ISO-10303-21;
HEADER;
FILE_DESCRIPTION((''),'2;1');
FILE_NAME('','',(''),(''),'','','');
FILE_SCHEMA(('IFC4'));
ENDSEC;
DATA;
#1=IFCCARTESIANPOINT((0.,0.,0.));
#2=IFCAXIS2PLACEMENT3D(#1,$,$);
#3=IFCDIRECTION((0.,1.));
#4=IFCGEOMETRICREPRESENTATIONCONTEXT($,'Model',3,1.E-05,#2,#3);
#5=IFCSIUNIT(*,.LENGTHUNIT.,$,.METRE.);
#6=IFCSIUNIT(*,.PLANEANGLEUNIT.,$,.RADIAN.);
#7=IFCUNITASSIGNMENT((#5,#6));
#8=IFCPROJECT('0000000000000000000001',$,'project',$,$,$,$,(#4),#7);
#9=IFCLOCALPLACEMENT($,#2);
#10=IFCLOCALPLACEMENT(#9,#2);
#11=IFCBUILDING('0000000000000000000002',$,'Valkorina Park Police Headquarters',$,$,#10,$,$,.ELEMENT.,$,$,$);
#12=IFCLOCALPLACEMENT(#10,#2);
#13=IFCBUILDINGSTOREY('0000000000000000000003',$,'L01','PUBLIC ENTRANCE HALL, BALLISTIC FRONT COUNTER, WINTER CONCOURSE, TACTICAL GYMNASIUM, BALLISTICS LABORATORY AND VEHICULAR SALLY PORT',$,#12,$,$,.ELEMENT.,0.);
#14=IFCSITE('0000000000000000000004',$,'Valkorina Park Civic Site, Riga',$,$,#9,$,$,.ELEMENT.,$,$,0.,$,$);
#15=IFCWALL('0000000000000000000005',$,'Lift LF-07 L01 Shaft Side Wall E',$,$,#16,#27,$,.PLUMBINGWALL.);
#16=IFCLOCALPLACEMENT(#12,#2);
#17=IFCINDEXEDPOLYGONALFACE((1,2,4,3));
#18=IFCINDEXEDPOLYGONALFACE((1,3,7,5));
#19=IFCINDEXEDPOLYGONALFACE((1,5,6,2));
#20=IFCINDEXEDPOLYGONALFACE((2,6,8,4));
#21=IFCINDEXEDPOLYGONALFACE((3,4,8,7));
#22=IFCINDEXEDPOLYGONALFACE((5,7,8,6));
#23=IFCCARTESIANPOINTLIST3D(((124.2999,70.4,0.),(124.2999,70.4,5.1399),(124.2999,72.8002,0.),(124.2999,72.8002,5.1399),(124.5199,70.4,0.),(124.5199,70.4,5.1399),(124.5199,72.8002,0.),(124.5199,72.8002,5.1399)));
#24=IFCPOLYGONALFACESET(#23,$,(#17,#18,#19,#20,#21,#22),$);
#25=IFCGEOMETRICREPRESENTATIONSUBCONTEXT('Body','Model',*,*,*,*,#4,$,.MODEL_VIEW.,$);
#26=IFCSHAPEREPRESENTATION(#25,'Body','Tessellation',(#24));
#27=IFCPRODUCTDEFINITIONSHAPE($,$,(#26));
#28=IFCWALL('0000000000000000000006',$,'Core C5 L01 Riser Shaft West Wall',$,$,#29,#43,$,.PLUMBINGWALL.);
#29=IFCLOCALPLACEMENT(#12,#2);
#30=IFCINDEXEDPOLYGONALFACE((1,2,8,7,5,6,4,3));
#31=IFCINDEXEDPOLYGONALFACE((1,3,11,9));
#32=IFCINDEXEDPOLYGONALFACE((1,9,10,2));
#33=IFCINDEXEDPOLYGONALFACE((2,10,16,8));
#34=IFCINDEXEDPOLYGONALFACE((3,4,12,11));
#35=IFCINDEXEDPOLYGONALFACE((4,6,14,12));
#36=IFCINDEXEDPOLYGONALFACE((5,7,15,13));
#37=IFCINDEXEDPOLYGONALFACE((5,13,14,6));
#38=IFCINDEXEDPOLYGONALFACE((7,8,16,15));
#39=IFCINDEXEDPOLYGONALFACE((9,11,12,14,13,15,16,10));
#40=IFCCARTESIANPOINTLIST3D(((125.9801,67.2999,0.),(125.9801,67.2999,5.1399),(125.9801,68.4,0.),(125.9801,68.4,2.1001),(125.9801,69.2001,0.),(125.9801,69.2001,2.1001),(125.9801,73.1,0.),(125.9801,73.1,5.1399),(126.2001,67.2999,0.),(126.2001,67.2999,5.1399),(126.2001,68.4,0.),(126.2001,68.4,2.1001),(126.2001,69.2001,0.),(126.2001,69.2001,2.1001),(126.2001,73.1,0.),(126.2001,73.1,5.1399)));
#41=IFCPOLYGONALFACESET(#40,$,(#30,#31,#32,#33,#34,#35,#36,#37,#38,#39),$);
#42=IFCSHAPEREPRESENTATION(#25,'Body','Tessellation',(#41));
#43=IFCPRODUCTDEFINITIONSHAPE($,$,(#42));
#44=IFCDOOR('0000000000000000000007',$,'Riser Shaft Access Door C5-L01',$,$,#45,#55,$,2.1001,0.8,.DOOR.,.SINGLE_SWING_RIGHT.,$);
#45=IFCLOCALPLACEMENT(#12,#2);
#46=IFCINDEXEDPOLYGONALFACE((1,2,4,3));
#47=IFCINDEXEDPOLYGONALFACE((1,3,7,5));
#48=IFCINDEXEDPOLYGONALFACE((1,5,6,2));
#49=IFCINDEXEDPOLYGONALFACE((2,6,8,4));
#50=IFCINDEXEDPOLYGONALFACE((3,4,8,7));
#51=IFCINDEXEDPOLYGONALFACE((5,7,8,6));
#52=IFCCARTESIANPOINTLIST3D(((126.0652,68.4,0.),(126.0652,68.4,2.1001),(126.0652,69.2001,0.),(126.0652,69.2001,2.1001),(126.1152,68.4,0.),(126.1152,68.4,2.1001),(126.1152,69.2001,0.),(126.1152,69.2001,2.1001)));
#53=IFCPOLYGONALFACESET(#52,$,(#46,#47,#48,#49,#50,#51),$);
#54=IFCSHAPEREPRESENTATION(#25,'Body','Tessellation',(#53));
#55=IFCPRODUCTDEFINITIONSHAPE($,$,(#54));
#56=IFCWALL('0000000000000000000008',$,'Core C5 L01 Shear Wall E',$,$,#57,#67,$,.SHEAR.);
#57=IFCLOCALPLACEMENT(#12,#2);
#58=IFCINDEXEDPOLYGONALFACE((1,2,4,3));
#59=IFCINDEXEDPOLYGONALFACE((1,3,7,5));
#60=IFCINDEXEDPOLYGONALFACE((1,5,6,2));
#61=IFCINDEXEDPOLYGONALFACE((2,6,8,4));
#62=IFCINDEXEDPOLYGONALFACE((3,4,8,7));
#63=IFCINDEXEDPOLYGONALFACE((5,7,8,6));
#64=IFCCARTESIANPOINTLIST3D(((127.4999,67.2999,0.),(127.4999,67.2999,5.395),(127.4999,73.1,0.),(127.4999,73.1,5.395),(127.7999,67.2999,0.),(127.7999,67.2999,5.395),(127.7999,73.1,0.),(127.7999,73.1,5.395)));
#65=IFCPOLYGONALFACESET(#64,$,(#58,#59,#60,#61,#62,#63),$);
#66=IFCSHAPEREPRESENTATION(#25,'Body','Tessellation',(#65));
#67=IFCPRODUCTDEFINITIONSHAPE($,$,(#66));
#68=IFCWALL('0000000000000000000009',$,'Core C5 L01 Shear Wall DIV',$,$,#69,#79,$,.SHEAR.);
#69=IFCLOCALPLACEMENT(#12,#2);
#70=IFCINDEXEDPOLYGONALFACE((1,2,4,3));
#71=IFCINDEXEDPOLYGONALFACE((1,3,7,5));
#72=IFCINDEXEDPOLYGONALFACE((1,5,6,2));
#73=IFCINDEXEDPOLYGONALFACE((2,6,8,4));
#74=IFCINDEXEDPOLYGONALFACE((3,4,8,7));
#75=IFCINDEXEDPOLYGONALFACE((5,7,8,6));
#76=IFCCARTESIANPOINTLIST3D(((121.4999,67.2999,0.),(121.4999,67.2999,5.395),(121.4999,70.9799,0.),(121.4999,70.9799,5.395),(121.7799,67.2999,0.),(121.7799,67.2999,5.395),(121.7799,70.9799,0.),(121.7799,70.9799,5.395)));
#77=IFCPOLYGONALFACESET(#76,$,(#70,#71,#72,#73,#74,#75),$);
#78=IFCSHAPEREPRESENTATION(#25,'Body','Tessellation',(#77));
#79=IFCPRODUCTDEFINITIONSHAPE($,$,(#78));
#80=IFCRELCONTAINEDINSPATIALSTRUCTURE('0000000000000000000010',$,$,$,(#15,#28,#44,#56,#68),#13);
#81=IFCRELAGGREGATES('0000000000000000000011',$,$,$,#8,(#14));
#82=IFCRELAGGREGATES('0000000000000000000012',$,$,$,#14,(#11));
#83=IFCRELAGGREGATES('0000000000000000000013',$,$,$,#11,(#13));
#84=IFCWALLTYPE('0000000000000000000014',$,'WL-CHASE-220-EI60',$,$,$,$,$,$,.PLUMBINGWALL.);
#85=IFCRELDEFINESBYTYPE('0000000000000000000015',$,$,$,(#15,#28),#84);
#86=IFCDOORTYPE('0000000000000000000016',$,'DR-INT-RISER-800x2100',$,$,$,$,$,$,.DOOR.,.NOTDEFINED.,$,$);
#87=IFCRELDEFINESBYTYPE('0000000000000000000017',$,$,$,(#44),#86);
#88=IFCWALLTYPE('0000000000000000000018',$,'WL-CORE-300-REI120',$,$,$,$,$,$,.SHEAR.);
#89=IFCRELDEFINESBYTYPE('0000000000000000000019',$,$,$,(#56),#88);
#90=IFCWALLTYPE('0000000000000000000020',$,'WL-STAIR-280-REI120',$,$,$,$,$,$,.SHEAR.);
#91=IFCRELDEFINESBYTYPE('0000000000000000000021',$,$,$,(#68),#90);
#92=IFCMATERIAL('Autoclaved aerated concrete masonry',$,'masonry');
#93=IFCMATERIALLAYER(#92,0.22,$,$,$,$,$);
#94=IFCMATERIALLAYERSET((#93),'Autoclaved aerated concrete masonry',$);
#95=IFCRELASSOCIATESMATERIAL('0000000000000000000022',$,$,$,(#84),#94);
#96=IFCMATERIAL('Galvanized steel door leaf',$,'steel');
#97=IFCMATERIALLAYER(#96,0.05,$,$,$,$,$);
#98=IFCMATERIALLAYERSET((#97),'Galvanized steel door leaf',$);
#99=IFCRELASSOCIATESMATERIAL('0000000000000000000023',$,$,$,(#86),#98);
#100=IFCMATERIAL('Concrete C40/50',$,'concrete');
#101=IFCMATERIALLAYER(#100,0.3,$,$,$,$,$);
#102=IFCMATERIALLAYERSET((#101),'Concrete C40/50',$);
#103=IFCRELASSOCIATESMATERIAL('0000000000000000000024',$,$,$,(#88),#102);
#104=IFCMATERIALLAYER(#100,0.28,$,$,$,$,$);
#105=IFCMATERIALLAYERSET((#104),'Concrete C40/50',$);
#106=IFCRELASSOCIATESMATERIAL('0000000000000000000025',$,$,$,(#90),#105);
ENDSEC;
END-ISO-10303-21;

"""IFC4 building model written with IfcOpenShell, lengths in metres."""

from ifc_helpers import new_model, si_unit, direction, frame, frame_2d, origin, place, context, subcontext, project, spatial, rectangle, extrude, material, layer, layer_set, type_object, element, fill, save


model = new_model("IFC4")

# Units and contexts
model_context = context("Model", 3, precision=1e-05, world=origin(), true_north=direction((0.0, 1.0)))
body_context = subcontext(model_context, "Body", "Model", "MODEL_VIEW")
ifc_project = project(units=[si_unit("LENGTHUNIT", "METRE"), si_unit("PLANEANGLEUNIT", "RADIAN")], contexts=[model_context])

# Site, building, storey
site_placement = place(None, origin())
site = spatial("IfcSite", under=ifc_project, at=site_placement, Name="Valkorina Park Civic Site, Riga", CompositionType="ELEMENT", RefElevation=0.0)
building_placement = place(site_placement, origin())
building = spatial("IfcBuilding", under=site, at=building_placement, Name="Valkorina Park Police Headquarters", CompositionType="ELEMENT")
storey_placement = place(building_placement, origin())
storey = spatial("IfcBuildingStorey", under=building, at=storey_placement, Name="L01", Description="PUBLIC ENTRANCE HALL, BALLISTIC FRONT COUNTER, WINTER CONCOURSE, TACTICAL GYMNASIUM, BALLISTICS LABORATORY AND VEHICULAR SALLY PORT", CompositionType="ELEMENT", Elevation=0.0)

# Shared definitions
ifc_material_1 = material(Name="Concrete C40/50", Category="concrete")

# Shared definitions
ifc_material_2 = material(Name="Autoclaved aerated concrete masonry", Category="masonry")
ifc_layer_1 = layer(ifc_material_2, 0.22)
ifc_layer_set_1 = layer_set([ifc_layer_1], Name="Autoclaved aerated concrete masonry")
wall_type_1 = type_object("IfcWallType", Name="WL-CHASE-220-EI60", PredefinedType="PLUMBINGWALL", material=ifc_layer_set_1)

# Wall
for number, where, z_axis, x_axis, name in (
    (1, (124.4099, 70.3999, 0.0), (0.0, 0.0, 1.0), (0.0, 1.0, 0.0), "Lift LF-07 L01 Shaft Side Wall E"),
):
    element("IfcWall", number, at=place(storey_placement, frame(where, z_axis=z_axis, x_axis=x_axis)), inside=storey, type_object=wall_type_1, Name=name, PredefinedType="PLUMBINGWALL", context=body_context, shape_type="SweptSolid", body=[
        extrude(rectangle(XDim=2.4001, YDim=0.22, at=frame_2d((1.2002, 0.0))), origin(), (0.0, 0.0, 1.0), 5.1399),
    ])

# Wall, opening, door
wall_1_placement = place(storey_placement, frame((126.0901, 67.3, 0.0), z_axis=(0.0, 0.0, 1.0), x_axis=(0.0, 1.0, 0.0)))
wall_1 = element("IfcWall", 2, at=wall_1_placement, inside=storey, type_object=wall_type_1, Name="Core C5 L01 Riser Shaft West Wall", PredefinedType="PLUMBINGWALL", context=body_context, shape_type="SweptSolid", body=[
    extrude(rectangle(XDim=5.8, YDim=0.22, at=frame_2d((2.8999, 0.0))), origin(), (0.0, 0.0, 1.0), 5.1399),
])
opening_1_placement = place(wall_1_placement, frame((1.1001, 0.0, 0.0)))
opening_1 = element("IfcOpeningElement", 3, at=opening_1_placement, cuts=wall_1, PredefinedType="OPENING", context=body_context, shape_type="SweptSolid", body=[
    extrude(rectangle(XDim=0.8, YDim=2.1001, at=frame_2d((0.3999, 1.05))), frame((0.0, 0.1201, 0.0), z_axis=(0.0, -1.0, 0.0), x_axis=(1.0, 0.0, 0.0)), (0.0, 0.0, 1.0), 0.24),
])
ifc_material_3 = material(Name="Galvanized steel door leaf", Category="steel")
ifc_layer_2 = layer(ifc_material_3, 0.05)
ifc_layer_set_2 = layer_set([ifc_layer_2], Name="Galvanized steel door leaf")
door_type_1 = type_object("IfcDoorType", Name="DR-INT-RISER-800x2100", OperationType="NOTDEFINED", PredefinedType="DOOR", material=ifc_layer_set_2)
door_1_placement = place(opening_1_placement, origin())
door_1 = element("IfcDoor", 4, at=door_1_placement, inside=storey, type_object=door_type_1, Name="Riser Shaft Access Door C5-L01", OperationType="SINGLE_SWING_RIGHT", OverallHeight=2.1001, OverallWidth=0.8, PredefinedType="DOOR", context=body_context, shape_type="SweptSolid", body=[
    extrude(rectangle(XDim=0.8, YDim=2.1001, at=frame_2d((0.3999, 1.05))), frame((0.0, 0.0249, 0.0), z_axis=(0.0, -1.0, 0.0), x_axis=(1.0, 0.0, 0.0)), (0.0, 0.0, 1.0), 0.05),
])
fill(opening_1, door_1)

# Walls
ifc_layer_3 = layer(ifc_material_1, 0.3)
ifc_layer_set_3 = layer_set([ifc_layer_3], Name="Concrete C40/50")
wall_type_2 = type_object("IfcWallType", Name="WL-CORE-300-REI120", PredefinedType="SHEAR", material=ifc_layer_set_3)
wall_2_placement = place(storey_placement, frame((127.6499, 67.3, 0.0), z_axis=(0.0, 0.0, 1.0), x_axis=(0.0, 1.0, 0.0)))
element("IfcWall", 5, at=wall_2_placement, inside=storey, type_object=wall_type_2, Name="Core C5 L01 Shear Wall E", PredefinedType="SHEAR", context=body_context, shape_type="SweptSolid", body=[
    extrude(rectangle(XDim=5.8, YDim=0.3, at=frame_2d((2.8999, 0.0))), origin(), (0.0, 0.0, 1.0), 5.395),
])
ifc_layer_4 = layer(ifc_material_1, 0.28)
ifc_layer_set_4 = layer_set([ifc_layer_4], Name="Concrete C40/50")
wall_type_3 = type_object("IfcWallType", Name="WL-STAIR-280-REI120", PredefinedType="SHEAR", material=ifc_layer_set_4)
wall_3_placement = place(storey_placement, frame((121.6399, 67.3, 0.0), z_axis=(0.0, 0.0, 1.0), x_axis=(0.0, 1.0, 0.0)))
element("IfcWall", 6, at=wall_3_placement, inside=storey, type_object=wall_type_3, Name="Core C5 L01 Shear Wall DIV", PredefinedType="SHEAR", context=body_context, shape_type="SweptSolid", body=[
    extrude(rectangle(XDim=3.6799, YDim=0.28, at=frame_2d((1.8398, 0.0))), origin(), (0.0, 0.0, 1.0), 5.395),
])

save(model, "model.ifc")
